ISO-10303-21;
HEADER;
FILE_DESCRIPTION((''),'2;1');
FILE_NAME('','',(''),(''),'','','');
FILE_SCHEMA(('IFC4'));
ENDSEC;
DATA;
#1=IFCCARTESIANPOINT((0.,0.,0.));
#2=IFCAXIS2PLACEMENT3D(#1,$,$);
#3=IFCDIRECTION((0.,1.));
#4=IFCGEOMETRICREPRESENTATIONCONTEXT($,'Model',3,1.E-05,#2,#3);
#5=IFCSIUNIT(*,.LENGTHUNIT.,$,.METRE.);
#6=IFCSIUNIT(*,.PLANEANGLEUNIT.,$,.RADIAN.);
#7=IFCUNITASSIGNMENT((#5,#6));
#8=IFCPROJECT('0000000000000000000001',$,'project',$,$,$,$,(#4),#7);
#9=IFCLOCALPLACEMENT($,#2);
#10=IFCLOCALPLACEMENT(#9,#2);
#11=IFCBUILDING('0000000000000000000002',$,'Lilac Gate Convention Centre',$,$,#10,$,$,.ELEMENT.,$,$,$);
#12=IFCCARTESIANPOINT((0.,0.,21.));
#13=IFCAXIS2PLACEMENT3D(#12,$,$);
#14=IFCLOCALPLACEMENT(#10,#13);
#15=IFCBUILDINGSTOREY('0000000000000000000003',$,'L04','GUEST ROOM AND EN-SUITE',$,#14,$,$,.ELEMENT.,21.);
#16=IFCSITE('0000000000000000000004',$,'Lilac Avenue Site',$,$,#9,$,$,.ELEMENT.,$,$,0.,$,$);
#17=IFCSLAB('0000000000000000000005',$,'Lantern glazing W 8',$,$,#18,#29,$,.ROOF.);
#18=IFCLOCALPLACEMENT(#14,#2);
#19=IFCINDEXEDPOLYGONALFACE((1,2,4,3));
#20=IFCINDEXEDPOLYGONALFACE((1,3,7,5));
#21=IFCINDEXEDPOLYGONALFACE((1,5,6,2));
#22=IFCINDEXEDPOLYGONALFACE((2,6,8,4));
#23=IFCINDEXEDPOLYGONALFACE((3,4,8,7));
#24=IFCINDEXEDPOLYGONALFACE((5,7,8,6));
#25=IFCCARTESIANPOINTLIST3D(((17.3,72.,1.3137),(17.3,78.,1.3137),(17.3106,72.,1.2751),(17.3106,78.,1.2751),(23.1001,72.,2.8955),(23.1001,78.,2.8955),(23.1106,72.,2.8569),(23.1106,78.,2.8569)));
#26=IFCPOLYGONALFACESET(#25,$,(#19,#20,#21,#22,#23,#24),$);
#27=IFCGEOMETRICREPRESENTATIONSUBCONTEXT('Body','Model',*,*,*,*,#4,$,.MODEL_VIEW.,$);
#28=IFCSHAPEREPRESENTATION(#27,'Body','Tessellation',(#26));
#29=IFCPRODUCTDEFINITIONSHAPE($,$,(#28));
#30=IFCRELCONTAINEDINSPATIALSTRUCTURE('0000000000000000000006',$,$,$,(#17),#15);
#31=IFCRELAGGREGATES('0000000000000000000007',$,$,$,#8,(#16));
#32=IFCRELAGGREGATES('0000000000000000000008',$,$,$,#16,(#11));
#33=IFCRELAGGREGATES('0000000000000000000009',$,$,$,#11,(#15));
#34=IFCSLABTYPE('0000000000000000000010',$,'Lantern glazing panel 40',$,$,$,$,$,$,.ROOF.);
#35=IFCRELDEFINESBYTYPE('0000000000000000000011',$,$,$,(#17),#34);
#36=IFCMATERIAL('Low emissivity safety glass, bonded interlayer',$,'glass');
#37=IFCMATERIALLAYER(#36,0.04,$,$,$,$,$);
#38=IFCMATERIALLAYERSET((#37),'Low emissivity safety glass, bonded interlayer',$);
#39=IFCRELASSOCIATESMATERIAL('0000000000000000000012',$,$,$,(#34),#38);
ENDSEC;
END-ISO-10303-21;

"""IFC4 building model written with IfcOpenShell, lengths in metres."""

from ifc_helpers import new_model, si_unit, direction, frame, origin, place, context, subcontext, project, spatial, polyline, outline, extrude, material, layer, layer_set, type_object, element, save


model = new_model("IFC4")

# Units and contexts
model_context = context("Model", 3, precision=1e-05, world=origin(), true_north=direction((0.0, 1.0)))
body_context = subcontext(model_context, "Body", "Model", "MODEL_VIEW")
ifc_project = project(units=[si_unit("LENGTHUNIT", "METRE"), si_unit("PLANEANGLEUNIT", "RADIAN")], contexts=[model_context])

# Site, building, storey
site_placement = place(None, origin())
site = spatial("IfcSite", under=ifc_project, at=site_placement, Name="Lilac Avenue Site", CompositionType="ELEMENT", RefElevation=0.0)
building_placement = place(site_placement, origin())
building = spatial("IfcBuilding", under=site, at=building_placement, Name="Lilac Gate Convention Centre", CompositionType="ELEMENT")
storey_placement = place(building_placement, frame((0.0, 0.0, 21.0)))
storey = spatial("IfcBuildingStorey", under=building, at=storey_placement, Name="L04", Description="GUEST ROOM AND EN-SUITE", CompositionType="ELEMENT", Elevation=21.0)

# Slab
ifc_material_1 = material(Name="Low emissivity safety glass, bonded interlayer", Category="glass")
ifc_layer_1 = layer(ifc_material_1, 0.04)
ifc_layer_set_1 = layer_set([ifc_layer_1], Name="Low emissivity safety glass, bonded interlayer")
slab_type = type_object("IfcSlabType", Name="Lantern glazing panel 40", PredefinedType="ROOF", material=ifc_layer_set_1)
slab_placement = place(storey_placement, frame((17.3, 72.0, 1.3137), z_axis=(-0.263111, 0.0, 0.964766), x_axis=(0.964766, 0.0, 0.263111)))
element("IfcSlab", 1, at=slab_placement, inside=storey, type_object=slab_type, Name="Lantern glazing W 8", PredefinedType="ROOF", context=body_context, shape_type="SweptSolid", body=[
    extrude(outline(polyline([(0.0, 0.0), (6.0119, 0.0), (6.0119, 6.0), (0.0, 6.0), (0.0, 0.0)])), origin(), (0.0, 0.0, -1.0), 0.04),
])

save(model, "model.ifc")
